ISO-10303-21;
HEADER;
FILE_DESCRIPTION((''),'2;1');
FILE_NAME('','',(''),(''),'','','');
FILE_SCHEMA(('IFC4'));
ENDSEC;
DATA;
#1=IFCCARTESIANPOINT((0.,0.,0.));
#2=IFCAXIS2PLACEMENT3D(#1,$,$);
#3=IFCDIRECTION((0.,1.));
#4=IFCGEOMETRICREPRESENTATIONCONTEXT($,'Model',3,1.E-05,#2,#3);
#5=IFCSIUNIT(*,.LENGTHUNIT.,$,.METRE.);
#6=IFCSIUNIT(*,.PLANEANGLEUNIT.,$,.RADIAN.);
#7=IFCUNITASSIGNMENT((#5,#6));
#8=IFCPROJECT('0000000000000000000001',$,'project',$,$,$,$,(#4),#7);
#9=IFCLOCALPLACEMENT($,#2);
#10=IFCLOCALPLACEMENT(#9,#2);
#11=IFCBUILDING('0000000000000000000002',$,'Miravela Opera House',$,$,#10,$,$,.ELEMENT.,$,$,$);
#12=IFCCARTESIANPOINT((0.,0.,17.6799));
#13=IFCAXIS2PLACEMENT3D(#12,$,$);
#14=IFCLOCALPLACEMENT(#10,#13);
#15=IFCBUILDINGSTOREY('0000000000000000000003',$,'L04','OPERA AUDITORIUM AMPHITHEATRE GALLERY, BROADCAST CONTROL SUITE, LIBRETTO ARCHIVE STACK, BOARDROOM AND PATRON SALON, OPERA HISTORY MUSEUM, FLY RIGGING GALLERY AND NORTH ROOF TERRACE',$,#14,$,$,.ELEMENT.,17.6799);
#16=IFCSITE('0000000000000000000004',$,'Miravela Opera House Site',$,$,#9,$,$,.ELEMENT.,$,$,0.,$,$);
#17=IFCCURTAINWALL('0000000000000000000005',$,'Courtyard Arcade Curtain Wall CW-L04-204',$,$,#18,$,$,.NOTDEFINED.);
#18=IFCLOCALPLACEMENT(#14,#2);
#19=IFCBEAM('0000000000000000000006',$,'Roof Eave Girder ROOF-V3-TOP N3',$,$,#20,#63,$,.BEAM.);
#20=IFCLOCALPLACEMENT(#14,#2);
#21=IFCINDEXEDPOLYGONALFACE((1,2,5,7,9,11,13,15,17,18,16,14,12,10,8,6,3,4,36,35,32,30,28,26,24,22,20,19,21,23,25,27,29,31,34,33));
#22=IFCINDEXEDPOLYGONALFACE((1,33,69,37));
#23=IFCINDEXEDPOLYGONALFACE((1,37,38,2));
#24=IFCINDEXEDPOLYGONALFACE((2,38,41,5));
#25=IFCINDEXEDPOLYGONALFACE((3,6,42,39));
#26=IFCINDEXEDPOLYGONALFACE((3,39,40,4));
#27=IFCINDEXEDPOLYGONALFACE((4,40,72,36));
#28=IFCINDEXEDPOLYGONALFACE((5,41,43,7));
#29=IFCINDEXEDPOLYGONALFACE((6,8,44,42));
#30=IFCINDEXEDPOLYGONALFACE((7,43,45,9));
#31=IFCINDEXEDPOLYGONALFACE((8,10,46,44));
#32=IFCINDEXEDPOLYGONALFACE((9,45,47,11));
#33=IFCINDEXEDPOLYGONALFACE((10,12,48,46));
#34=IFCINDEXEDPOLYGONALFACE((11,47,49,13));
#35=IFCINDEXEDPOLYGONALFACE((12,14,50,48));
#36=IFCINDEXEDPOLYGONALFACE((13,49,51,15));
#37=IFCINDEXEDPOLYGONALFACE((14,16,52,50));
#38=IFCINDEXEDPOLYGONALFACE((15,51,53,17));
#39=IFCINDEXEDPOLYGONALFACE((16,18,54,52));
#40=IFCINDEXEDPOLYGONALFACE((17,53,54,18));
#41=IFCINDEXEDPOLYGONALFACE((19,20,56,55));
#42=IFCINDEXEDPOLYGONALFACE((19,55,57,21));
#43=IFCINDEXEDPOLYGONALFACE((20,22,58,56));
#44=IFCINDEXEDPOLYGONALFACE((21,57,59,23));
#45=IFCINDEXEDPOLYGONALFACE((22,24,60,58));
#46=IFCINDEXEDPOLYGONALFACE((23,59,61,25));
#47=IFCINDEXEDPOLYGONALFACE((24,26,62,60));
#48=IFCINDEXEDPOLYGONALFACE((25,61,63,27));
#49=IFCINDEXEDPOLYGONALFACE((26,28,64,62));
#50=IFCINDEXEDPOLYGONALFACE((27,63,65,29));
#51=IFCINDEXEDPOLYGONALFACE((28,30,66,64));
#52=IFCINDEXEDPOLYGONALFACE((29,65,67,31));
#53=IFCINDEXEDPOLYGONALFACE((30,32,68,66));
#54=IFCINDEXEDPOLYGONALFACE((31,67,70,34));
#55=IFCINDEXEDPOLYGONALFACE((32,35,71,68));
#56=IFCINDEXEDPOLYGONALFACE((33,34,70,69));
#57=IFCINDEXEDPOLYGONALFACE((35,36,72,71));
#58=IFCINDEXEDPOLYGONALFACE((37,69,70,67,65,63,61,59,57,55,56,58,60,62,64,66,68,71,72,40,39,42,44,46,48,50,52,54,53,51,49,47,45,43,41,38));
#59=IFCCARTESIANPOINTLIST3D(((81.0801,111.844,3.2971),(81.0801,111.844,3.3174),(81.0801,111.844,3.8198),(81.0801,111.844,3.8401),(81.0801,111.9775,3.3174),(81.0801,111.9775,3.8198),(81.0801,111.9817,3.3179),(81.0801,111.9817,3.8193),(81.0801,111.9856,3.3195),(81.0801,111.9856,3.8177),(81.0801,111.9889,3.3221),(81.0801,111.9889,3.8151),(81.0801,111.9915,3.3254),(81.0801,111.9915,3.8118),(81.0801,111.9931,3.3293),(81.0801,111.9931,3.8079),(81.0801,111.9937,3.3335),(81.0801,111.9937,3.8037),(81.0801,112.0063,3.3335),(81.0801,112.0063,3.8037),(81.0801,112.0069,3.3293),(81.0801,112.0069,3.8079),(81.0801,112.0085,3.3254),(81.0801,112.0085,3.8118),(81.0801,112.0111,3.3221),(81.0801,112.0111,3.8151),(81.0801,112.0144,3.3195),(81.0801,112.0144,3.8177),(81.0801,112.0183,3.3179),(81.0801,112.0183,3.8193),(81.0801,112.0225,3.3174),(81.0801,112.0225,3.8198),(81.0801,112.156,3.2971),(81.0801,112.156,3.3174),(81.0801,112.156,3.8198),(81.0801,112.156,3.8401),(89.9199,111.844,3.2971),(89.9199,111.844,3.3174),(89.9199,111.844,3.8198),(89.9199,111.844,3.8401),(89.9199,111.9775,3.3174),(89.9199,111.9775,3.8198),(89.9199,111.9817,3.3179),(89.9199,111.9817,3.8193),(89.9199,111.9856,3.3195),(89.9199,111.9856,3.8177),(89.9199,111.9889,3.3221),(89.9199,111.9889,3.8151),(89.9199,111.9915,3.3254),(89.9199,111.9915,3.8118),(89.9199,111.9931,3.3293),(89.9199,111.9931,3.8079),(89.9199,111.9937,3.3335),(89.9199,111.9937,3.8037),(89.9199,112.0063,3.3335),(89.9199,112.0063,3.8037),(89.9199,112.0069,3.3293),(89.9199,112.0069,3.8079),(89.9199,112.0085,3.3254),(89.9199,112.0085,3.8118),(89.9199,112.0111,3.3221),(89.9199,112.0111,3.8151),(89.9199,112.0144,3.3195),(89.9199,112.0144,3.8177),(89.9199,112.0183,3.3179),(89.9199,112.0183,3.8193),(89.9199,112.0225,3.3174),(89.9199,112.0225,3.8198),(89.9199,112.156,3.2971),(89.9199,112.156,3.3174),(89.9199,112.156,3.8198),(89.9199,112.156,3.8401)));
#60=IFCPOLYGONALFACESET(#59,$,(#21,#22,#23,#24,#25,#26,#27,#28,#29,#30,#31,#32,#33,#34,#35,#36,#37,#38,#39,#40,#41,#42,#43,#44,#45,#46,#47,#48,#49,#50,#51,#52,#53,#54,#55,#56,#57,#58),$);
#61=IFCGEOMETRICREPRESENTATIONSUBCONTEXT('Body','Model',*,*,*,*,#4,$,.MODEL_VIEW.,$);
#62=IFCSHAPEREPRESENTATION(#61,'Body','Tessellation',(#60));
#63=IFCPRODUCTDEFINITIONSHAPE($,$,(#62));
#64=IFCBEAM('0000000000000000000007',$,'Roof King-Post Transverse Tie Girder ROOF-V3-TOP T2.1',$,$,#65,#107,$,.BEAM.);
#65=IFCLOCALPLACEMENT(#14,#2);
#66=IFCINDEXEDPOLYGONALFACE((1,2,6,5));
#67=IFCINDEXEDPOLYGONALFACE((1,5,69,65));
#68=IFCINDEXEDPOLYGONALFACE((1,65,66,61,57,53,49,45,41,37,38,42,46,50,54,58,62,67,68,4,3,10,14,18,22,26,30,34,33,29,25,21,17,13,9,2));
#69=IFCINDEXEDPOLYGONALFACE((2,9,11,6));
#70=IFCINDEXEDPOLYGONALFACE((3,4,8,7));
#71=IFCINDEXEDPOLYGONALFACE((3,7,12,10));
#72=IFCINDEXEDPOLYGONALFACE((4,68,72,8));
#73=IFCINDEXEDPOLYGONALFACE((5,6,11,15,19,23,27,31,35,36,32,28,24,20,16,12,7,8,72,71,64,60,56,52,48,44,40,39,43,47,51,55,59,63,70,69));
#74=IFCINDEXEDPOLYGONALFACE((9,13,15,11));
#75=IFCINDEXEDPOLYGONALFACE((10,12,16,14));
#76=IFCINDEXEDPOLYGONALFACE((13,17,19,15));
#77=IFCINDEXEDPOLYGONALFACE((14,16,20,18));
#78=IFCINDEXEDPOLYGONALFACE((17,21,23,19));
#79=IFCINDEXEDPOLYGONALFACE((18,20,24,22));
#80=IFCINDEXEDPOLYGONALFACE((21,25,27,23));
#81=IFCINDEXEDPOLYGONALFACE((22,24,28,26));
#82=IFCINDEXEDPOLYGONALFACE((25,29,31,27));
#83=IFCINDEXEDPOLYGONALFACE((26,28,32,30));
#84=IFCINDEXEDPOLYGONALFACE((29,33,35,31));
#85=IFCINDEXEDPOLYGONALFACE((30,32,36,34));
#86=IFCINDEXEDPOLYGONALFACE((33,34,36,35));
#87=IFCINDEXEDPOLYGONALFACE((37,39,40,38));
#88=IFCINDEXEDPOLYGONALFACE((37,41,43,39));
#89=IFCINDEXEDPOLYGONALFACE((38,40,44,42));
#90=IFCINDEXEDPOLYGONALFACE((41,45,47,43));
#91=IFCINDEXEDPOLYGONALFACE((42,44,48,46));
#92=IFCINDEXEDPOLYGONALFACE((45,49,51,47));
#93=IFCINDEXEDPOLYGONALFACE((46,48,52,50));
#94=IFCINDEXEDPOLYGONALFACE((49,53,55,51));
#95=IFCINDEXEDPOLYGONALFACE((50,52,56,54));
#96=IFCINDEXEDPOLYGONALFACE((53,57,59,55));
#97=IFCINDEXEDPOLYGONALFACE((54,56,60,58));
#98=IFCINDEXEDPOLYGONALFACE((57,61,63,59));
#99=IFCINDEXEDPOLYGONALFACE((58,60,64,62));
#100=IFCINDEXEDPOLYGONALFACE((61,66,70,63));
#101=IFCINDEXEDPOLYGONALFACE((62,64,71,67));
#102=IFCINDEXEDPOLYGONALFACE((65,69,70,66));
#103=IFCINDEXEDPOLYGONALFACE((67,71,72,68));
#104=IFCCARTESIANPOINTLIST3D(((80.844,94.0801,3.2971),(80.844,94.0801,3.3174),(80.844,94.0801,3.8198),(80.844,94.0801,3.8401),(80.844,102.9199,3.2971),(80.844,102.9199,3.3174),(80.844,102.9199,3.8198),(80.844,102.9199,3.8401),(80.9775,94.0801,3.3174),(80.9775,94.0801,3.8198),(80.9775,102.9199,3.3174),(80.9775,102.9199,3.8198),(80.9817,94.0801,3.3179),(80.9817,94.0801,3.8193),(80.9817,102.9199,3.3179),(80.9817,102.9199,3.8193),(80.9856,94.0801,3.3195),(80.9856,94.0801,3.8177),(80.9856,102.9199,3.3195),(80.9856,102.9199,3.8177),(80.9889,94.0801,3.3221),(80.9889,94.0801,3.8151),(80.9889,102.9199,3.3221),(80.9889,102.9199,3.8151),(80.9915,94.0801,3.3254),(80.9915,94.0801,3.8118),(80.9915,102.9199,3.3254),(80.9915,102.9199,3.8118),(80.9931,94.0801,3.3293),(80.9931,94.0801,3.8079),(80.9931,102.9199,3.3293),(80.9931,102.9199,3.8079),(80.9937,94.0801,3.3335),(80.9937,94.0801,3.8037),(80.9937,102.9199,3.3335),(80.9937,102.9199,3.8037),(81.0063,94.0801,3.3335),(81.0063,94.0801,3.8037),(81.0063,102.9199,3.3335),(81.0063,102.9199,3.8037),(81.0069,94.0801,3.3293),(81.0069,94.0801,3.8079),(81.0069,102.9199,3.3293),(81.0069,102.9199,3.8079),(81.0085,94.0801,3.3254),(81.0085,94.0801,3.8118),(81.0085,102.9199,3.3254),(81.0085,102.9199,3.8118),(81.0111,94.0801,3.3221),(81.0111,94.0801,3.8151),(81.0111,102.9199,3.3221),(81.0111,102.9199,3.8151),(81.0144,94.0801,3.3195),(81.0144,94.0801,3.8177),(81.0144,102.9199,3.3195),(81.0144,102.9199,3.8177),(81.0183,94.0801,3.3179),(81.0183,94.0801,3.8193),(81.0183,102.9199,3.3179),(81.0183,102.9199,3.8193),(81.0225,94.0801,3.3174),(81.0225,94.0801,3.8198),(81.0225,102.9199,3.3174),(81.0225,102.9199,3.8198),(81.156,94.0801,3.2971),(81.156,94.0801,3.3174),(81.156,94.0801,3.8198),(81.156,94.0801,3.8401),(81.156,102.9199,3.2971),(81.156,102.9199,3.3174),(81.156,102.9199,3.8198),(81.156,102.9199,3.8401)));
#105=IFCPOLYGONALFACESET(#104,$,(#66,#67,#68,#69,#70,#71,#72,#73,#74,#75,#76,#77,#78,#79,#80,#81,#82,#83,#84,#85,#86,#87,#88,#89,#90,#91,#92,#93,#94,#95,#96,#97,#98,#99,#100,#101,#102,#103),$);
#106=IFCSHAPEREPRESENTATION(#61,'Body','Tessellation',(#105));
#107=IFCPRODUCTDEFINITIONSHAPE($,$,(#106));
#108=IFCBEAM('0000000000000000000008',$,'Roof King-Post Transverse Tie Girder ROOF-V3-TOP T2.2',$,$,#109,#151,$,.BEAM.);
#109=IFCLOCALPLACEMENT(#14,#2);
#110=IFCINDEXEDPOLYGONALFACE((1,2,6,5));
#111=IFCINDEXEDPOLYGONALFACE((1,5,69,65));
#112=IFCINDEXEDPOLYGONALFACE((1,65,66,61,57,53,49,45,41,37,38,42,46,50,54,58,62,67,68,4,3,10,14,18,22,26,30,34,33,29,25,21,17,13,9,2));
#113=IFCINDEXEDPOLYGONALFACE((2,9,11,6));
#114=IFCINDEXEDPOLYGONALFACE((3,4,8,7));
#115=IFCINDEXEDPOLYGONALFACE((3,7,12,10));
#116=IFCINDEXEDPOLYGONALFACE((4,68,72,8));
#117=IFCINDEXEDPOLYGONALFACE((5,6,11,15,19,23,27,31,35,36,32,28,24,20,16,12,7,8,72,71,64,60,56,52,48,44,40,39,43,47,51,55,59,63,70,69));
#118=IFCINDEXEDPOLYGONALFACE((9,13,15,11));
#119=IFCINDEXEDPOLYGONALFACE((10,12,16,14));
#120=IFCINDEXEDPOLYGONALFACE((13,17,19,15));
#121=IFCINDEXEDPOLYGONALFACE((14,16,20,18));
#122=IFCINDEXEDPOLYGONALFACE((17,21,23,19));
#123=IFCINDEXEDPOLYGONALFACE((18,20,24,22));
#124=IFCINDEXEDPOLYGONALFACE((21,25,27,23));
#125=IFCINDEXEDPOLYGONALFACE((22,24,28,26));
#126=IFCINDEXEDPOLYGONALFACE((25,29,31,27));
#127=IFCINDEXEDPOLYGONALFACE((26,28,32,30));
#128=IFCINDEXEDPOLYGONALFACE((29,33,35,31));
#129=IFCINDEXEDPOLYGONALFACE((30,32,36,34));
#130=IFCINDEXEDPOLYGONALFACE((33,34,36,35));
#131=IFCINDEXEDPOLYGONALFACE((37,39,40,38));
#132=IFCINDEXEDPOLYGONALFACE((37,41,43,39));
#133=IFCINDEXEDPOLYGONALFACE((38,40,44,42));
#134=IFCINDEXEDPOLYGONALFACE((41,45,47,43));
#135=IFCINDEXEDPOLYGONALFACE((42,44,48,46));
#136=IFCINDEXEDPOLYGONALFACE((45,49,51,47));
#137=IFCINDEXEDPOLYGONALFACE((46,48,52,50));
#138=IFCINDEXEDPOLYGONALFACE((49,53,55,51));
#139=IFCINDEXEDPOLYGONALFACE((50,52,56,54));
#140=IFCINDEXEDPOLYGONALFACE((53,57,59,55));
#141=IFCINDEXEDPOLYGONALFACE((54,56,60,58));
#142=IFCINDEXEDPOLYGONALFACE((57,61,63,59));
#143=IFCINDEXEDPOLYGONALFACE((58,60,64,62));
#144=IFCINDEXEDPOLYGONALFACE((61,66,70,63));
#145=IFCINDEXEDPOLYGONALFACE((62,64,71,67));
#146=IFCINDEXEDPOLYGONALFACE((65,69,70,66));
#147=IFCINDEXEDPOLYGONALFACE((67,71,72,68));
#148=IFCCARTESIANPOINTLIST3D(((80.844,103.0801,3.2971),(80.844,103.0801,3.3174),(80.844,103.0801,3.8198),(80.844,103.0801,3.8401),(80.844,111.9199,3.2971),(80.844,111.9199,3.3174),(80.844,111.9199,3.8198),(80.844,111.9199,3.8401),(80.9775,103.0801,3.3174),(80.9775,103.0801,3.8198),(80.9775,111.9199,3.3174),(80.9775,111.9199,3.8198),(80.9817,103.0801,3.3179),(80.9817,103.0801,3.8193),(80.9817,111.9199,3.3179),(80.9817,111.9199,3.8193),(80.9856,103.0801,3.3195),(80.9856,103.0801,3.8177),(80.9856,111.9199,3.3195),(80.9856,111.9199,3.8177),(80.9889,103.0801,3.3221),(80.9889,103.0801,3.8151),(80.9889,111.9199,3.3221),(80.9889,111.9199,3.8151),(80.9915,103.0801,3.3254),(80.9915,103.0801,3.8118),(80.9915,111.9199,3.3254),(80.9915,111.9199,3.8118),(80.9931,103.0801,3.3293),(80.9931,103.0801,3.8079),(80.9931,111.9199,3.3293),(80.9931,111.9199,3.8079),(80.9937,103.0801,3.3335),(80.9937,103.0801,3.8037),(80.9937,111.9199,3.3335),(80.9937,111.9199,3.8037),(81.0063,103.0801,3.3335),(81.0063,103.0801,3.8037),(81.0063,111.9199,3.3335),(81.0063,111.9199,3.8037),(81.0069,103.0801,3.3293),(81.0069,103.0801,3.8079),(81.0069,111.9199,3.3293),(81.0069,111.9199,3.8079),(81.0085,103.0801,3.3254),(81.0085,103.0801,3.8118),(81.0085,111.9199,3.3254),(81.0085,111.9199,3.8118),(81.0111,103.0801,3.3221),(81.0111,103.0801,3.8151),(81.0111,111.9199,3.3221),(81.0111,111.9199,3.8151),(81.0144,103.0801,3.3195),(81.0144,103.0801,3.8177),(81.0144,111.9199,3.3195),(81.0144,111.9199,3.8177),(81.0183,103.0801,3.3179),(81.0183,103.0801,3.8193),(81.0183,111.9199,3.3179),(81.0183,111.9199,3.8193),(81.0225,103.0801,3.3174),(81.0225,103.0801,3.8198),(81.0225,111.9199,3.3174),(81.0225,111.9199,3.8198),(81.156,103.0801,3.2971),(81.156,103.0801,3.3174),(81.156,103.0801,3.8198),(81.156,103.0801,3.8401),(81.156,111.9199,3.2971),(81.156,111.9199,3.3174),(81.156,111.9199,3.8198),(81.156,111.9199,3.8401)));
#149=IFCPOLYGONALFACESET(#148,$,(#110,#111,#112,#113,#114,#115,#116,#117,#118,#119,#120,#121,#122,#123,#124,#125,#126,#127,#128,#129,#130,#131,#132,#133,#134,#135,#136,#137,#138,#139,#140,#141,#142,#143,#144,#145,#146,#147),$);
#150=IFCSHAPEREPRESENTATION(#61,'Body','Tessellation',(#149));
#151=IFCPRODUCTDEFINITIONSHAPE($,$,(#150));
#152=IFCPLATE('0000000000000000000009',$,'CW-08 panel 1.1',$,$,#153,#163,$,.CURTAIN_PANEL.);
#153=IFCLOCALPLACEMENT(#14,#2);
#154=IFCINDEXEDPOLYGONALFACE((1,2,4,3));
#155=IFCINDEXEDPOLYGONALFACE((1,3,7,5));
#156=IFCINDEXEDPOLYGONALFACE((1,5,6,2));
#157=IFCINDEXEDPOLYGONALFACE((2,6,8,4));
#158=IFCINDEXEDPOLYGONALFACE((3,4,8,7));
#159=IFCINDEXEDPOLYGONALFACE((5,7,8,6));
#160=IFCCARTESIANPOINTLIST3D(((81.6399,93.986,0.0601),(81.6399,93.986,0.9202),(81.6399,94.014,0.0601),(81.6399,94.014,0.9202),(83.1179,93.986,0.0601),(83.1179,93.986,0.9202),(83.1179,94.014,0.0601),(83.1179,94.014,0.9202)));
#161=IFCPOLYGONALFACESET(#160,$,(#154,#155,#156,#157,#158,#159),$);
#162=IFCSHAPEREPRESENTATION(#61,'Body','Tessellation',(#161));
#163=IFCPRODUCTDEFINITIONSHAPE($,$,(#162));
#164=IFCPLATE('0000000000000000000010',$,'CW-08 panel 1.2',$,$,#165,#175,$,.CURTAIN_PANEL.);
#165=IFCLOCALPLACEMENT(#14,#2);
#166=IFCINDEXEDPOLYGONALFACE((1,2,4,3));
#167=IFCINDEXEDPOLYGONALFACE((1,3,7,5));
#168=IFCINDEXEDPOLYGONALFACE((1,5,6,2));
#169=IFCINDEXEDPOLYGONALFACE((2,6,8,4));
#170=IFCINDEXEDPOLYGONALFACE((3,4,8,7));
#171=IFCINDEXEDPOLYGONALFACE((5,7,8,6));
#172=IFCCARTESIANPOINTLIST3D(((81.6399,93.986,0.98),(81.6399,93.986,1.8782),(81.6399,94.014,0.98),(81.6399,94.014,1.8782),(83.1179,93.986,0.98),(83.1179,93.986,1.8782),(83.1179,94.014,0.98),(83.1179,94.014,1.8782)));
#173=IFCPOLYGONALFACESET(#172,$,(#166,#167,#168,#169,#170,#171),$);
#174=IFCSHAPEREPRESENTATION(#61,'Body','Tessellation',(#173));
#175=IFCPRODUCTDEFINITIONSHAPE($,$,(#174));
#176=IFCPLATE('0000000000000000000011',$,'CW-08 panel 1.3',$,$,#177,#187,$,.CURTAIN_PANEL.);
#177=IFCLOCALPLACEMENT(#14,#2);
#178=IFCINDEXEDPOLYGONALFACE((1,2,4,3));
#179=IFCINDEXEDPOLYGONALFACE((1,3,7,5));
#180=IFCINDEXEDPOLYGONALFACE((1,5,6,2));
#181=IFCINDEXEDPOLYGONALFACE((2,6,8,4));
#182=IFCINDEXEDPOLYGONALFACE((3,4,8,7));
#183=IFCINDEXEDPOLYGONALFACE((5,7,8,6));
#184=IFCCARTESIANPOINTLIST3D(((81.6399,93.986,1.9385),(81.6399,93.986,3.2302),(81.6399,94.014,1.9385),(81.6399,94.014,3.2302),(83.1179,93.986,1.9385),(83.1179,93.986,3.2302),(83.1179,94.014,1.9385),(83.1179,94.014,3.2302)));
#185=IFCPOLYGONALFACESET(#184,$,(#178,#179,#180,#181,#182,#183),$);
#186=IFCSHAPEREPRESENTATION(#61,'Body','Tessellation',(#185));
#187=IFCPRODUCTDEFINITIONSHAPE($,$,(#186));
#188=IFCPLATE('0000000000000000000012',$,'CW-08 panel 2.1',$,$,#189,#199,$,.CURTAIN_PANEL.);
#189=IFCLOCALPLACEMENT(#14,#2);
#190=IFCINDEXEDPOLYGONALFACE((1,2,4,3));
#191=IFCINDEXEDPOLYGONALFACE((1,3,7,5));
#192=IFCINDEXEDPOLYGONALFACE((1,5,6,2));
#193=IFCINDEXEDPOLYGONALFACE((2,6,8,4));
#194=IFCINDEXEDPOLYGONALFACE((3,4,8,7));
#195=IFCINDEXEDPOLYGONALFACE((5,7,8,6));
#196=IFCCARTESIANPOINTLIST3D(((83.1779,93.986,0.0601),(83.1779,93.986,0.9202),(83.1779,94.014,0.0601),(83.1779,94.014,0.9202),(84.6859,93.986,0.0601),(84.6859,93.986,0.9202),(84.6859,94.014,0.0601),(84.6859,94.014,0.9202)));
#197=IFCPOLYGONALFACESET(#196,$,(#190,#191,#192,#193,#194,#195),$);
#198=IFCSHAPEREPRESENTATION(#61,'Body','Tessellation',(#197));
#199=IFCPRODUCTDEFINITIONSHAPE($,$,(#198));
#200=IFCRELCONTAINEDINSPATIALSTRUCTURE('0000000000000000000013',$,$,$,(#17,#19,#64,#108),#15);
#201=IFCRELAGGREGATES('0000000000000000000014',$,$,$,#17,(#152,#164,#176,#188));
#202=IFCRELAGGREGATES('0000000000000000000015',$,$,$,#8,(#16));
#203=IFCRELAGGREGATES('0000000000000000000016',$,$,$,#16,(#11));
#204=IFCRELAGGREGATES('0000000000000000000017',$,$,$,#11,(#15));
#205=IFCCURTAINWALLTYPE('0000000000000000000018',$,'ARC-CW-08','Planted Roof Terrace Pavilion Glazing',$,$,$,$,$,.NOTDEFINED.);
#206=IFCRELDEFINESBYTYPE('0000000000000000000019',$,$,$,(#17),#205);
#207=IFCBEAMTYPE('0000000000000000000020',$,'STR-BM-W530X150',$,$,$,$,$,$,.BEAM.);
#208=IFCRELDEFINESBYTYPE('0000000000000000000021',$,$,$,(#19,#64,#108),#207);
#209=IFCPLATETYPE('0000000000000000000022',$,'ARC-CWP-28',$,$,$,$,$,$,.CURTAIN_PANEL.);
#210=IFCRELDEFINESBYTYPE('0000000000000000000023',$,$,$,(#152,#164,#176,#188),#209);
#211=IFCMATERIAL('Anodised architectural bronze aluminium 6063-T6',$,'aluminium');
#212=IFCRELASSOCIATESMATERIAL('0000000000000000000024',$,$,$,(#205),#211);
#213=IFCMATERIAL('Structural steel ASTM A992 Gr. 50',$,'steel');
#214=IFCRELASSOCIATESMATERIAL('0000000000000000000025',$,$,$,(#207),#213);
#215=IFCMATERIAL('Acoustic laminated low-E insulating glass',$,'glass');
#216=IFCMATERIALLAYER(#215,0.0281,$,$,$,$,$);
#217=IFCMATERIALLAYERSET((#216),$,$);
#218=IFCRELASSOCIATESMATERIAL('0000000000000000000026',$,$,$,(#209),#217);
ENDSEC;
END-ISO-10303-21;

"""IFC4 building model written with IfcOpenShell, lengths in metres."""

from ifc_helpers import new_model, si_unit, direction, frame, origin, origin_2d, place, context, subcontext, project, spatial, rectangle, i_section, extrude, material, layer, layer_set, material_profile, profile_set, type_object, element, aggregate, save


model = new_model("IFC4")

# Units and contexts
model_context = context("Model", 3, precision=1e-05, world=origin(), true_north=direction((0.0, 1.0)))
body_context = subcontext(model_context, "Body", "Model", "MODEL_VIEW")
ifc_project = project(units=[si_unit("LENGTHUNIT", "METRE"), si_unit("PLANEANGLEUNIT", "RADIAN")], contexts=[model_context])

# Site, building, storey
site_placement = place(None, origin())
site = spatial("IfcSite", under=ifc_project, at=site_placement, Name="Miravela Opera House Site", CompositionType="ELEMENT", RefElevation=0.0)
building_placement = place(site_placement, origin())
building = spatial("IfcBuilding", under=site, at=building_placement, Name="Miravela Opera House", CompositionType="ELEMENT")
storey_placement = place(building_placement, frame((0.0, 0.0, 17.6799)))
storey = spatial("IfcBuildingStorey", under=building, at=storey_placement, Name="L04", Description="OPERA AUDITORIUM AMPHITHEATRE GALLERY, BROADCAST CONTROL SUITE, LIBRETTO ARCHIVE STACK, BOARDROOM AND PATRON SALON, OPERA HISTORY MUSEUM, FLY RIGGING GALLERY AND NORTH ROOF TERRACE", CompositionType="ELEMENT", Elevation=17.6799)

# Curtain wall
ifc_material_1 = material(Name="Anodised architectural bronze aluminium 6063-T6", Category="aluminium")
curtain_wall_type = type_object("IfcCurtainWallType", Name="ARC-CW-08", Description="Planted Roof Terrace Pavilion Glazing", PredefinedType="NOTDEFINED", material=ifc_material_1)
curtain_wall_placement = place(storey_placement, origin())
curtain_wall = element("IfcCurtainWall", 1, at=curtain_wall_placement, inside=storey, type_object=curtain_wall_type, Name="Courtyard Arcade Curtain Wall CW-L04-204", PredefinedType="NOTDEFINED")

# Beams
ifc_material_2 = material(Name="Structural steel ASTM A992 Gr. 50", Category="steel")
ifc_material_profile_1 = material_profile(ifc_material_2, i_section(OverallWidth=0.312, OverallDepth=0.543, WebThickness=0.0127, FlangeThickness=0.0203, FilletRadius=0.0161, at=origin_2d()), Name="W530X150")
ifc_profile_set_1 = profile_set([ifc_material_profile_1])
beam_type = type_object("IfcBeamType", Name="STR-BM-W530X150", PredefinedType="BEAM", material=ifc_profile_set_1)
for number, where, z_axis, x_axis, name in (
    (2, (81.0801, 112.0, 3.5686), (1.0, 0.0, 0.0), (0.0, 1.0, 0.0), "Roof Eave Girder ROOF-V3-TOP N3"),
    (3, (81.0, 94.0801, 3.5686), (0.0, 1.0, 0.0), (-1.0, 0.0, 0.0), "Roof King-Post Transverse Tie Girder ROOF-V3-TOP T2.1"),
    (4, (81.0, 103.0801, 3.5686), (0.0, 1.0, 0.0), (-1.0, 0.0, 0.0), "Roof King-Post Transverse Tie Girder ROOF-V3-TOP T2.2"),
):
    element("IfcBeam", number, at=place(storey_placement, frame(where, z_axis=z_axis, x_axis=x_axis)), inside=storey, type_object=beam_type, Name=name, PredefinedType="BEAM", context=body_context, shape_type="SweptSolid", body=[
        extrude(i_section(OverallWidth=0.312, OverallDepth=0.543, WebThickness=0.0127, FlangeThickness=0.0203, FilletRadius=0.0161, at=origin_2d()), origin(), (0.0, 0.0, 1.0), 8.8398),
    ])

# Plates
ifc_material_3 = material(Name="Acoustic laminated low-E insulating glass", Category="glass")
ifc_layer_1 = layer(ifc_material_3, 0.0281)
ifc_layer_set_1 = layer_set([ifc_layer_1])
plate_type = type_object("IfcPlateType", Name="ARC-CWP-28", PredefinedType="CURTAIN_PANEL", material=ifc_layer_set_1)
plate_1_placement = place(storey_placement, frame((82.3789, 94.0, 0.0601), z_axis=(0.0, 0.0, 1.0), x_axis=(1.0, 0.0, 0.0)))
plate_1 = element("IfcPlate", 5, at=plate_1_placement, type_object=plate_type, Name="CW-08 panel 1.1", PredefinedType="CURTAIN_PANEL", context=body_context, shape_type="SweptSolid", body=[
    extrude(rectangle(XDim=1.478, YDim=0.0281, at=origin_2d()), origin(), (0.0, 0.0, 1.0), 0.8601),
])
plate_2_placement = place(storey_placement, frame((82.3789, 94.0, 0.98), z_axis=(0.0, 0.0, 1.0), x_axis=(1.0, 0.0, 0.0)))
plate_2 = element("IfcPlate", 6, at=plate_2_placement, type_object=plate_type, Name="CW-08 panel 1.2", PredefinedType="CURTAIN_PANEL", context=body_context, shape_type="SweptSolid", body=[
    extrude(rectangle(XDim=1.478, YDim=0.0281, at=origin_2d()), origin(), (0.0, 0.0, 1.0), 0.8982),
])
plate_3_placement = place(storey_placement, frame((82.3789, 94.0, 1.9385), z_axis=(0.0, 0.0, 1.0), x_axis=(1.0, 0.0, 0.0)))
plate_3 = element("IfcPlate", 7, at=plate_3_placement, type_object=plate_type, Name="CW-08 panel 1.3", PredefinedType="CURTAIN_PANEL", context=body_context, shape_type="SweptSolid", body=[
    extrude(rectangle(XDim=1.478, YDim=0.0281, at=origin_2d()), origin(), (0.0, 0.0, 1.0), 1.2917),
])
plate_4_placement = place(storey_placement, frame((83.9319, 94.0, 0.0601), z_axis=(0.0, 0.0, 1.0), x_axis=(1.0, 0.0, 0.0)))
plate_4 = element("IfcPlate", 8, at=plate_4_placement, type_object=plate_type, Name="CW-08 panel 2.1", PredefinedType="CURTAIN_PANEL", context=body_context, shape_type="SweptSolid", body=[
    extrude(rectangle(XDim=1.5081, YDim=0.0281, at=origin_2d()), origin(), (0.0, 0.0, 1.0), 0.8601),
])
aggregate(curtain_wall, [plate_1, plate_2, plate_3, plate_4])

save(model, "model.ifc")
